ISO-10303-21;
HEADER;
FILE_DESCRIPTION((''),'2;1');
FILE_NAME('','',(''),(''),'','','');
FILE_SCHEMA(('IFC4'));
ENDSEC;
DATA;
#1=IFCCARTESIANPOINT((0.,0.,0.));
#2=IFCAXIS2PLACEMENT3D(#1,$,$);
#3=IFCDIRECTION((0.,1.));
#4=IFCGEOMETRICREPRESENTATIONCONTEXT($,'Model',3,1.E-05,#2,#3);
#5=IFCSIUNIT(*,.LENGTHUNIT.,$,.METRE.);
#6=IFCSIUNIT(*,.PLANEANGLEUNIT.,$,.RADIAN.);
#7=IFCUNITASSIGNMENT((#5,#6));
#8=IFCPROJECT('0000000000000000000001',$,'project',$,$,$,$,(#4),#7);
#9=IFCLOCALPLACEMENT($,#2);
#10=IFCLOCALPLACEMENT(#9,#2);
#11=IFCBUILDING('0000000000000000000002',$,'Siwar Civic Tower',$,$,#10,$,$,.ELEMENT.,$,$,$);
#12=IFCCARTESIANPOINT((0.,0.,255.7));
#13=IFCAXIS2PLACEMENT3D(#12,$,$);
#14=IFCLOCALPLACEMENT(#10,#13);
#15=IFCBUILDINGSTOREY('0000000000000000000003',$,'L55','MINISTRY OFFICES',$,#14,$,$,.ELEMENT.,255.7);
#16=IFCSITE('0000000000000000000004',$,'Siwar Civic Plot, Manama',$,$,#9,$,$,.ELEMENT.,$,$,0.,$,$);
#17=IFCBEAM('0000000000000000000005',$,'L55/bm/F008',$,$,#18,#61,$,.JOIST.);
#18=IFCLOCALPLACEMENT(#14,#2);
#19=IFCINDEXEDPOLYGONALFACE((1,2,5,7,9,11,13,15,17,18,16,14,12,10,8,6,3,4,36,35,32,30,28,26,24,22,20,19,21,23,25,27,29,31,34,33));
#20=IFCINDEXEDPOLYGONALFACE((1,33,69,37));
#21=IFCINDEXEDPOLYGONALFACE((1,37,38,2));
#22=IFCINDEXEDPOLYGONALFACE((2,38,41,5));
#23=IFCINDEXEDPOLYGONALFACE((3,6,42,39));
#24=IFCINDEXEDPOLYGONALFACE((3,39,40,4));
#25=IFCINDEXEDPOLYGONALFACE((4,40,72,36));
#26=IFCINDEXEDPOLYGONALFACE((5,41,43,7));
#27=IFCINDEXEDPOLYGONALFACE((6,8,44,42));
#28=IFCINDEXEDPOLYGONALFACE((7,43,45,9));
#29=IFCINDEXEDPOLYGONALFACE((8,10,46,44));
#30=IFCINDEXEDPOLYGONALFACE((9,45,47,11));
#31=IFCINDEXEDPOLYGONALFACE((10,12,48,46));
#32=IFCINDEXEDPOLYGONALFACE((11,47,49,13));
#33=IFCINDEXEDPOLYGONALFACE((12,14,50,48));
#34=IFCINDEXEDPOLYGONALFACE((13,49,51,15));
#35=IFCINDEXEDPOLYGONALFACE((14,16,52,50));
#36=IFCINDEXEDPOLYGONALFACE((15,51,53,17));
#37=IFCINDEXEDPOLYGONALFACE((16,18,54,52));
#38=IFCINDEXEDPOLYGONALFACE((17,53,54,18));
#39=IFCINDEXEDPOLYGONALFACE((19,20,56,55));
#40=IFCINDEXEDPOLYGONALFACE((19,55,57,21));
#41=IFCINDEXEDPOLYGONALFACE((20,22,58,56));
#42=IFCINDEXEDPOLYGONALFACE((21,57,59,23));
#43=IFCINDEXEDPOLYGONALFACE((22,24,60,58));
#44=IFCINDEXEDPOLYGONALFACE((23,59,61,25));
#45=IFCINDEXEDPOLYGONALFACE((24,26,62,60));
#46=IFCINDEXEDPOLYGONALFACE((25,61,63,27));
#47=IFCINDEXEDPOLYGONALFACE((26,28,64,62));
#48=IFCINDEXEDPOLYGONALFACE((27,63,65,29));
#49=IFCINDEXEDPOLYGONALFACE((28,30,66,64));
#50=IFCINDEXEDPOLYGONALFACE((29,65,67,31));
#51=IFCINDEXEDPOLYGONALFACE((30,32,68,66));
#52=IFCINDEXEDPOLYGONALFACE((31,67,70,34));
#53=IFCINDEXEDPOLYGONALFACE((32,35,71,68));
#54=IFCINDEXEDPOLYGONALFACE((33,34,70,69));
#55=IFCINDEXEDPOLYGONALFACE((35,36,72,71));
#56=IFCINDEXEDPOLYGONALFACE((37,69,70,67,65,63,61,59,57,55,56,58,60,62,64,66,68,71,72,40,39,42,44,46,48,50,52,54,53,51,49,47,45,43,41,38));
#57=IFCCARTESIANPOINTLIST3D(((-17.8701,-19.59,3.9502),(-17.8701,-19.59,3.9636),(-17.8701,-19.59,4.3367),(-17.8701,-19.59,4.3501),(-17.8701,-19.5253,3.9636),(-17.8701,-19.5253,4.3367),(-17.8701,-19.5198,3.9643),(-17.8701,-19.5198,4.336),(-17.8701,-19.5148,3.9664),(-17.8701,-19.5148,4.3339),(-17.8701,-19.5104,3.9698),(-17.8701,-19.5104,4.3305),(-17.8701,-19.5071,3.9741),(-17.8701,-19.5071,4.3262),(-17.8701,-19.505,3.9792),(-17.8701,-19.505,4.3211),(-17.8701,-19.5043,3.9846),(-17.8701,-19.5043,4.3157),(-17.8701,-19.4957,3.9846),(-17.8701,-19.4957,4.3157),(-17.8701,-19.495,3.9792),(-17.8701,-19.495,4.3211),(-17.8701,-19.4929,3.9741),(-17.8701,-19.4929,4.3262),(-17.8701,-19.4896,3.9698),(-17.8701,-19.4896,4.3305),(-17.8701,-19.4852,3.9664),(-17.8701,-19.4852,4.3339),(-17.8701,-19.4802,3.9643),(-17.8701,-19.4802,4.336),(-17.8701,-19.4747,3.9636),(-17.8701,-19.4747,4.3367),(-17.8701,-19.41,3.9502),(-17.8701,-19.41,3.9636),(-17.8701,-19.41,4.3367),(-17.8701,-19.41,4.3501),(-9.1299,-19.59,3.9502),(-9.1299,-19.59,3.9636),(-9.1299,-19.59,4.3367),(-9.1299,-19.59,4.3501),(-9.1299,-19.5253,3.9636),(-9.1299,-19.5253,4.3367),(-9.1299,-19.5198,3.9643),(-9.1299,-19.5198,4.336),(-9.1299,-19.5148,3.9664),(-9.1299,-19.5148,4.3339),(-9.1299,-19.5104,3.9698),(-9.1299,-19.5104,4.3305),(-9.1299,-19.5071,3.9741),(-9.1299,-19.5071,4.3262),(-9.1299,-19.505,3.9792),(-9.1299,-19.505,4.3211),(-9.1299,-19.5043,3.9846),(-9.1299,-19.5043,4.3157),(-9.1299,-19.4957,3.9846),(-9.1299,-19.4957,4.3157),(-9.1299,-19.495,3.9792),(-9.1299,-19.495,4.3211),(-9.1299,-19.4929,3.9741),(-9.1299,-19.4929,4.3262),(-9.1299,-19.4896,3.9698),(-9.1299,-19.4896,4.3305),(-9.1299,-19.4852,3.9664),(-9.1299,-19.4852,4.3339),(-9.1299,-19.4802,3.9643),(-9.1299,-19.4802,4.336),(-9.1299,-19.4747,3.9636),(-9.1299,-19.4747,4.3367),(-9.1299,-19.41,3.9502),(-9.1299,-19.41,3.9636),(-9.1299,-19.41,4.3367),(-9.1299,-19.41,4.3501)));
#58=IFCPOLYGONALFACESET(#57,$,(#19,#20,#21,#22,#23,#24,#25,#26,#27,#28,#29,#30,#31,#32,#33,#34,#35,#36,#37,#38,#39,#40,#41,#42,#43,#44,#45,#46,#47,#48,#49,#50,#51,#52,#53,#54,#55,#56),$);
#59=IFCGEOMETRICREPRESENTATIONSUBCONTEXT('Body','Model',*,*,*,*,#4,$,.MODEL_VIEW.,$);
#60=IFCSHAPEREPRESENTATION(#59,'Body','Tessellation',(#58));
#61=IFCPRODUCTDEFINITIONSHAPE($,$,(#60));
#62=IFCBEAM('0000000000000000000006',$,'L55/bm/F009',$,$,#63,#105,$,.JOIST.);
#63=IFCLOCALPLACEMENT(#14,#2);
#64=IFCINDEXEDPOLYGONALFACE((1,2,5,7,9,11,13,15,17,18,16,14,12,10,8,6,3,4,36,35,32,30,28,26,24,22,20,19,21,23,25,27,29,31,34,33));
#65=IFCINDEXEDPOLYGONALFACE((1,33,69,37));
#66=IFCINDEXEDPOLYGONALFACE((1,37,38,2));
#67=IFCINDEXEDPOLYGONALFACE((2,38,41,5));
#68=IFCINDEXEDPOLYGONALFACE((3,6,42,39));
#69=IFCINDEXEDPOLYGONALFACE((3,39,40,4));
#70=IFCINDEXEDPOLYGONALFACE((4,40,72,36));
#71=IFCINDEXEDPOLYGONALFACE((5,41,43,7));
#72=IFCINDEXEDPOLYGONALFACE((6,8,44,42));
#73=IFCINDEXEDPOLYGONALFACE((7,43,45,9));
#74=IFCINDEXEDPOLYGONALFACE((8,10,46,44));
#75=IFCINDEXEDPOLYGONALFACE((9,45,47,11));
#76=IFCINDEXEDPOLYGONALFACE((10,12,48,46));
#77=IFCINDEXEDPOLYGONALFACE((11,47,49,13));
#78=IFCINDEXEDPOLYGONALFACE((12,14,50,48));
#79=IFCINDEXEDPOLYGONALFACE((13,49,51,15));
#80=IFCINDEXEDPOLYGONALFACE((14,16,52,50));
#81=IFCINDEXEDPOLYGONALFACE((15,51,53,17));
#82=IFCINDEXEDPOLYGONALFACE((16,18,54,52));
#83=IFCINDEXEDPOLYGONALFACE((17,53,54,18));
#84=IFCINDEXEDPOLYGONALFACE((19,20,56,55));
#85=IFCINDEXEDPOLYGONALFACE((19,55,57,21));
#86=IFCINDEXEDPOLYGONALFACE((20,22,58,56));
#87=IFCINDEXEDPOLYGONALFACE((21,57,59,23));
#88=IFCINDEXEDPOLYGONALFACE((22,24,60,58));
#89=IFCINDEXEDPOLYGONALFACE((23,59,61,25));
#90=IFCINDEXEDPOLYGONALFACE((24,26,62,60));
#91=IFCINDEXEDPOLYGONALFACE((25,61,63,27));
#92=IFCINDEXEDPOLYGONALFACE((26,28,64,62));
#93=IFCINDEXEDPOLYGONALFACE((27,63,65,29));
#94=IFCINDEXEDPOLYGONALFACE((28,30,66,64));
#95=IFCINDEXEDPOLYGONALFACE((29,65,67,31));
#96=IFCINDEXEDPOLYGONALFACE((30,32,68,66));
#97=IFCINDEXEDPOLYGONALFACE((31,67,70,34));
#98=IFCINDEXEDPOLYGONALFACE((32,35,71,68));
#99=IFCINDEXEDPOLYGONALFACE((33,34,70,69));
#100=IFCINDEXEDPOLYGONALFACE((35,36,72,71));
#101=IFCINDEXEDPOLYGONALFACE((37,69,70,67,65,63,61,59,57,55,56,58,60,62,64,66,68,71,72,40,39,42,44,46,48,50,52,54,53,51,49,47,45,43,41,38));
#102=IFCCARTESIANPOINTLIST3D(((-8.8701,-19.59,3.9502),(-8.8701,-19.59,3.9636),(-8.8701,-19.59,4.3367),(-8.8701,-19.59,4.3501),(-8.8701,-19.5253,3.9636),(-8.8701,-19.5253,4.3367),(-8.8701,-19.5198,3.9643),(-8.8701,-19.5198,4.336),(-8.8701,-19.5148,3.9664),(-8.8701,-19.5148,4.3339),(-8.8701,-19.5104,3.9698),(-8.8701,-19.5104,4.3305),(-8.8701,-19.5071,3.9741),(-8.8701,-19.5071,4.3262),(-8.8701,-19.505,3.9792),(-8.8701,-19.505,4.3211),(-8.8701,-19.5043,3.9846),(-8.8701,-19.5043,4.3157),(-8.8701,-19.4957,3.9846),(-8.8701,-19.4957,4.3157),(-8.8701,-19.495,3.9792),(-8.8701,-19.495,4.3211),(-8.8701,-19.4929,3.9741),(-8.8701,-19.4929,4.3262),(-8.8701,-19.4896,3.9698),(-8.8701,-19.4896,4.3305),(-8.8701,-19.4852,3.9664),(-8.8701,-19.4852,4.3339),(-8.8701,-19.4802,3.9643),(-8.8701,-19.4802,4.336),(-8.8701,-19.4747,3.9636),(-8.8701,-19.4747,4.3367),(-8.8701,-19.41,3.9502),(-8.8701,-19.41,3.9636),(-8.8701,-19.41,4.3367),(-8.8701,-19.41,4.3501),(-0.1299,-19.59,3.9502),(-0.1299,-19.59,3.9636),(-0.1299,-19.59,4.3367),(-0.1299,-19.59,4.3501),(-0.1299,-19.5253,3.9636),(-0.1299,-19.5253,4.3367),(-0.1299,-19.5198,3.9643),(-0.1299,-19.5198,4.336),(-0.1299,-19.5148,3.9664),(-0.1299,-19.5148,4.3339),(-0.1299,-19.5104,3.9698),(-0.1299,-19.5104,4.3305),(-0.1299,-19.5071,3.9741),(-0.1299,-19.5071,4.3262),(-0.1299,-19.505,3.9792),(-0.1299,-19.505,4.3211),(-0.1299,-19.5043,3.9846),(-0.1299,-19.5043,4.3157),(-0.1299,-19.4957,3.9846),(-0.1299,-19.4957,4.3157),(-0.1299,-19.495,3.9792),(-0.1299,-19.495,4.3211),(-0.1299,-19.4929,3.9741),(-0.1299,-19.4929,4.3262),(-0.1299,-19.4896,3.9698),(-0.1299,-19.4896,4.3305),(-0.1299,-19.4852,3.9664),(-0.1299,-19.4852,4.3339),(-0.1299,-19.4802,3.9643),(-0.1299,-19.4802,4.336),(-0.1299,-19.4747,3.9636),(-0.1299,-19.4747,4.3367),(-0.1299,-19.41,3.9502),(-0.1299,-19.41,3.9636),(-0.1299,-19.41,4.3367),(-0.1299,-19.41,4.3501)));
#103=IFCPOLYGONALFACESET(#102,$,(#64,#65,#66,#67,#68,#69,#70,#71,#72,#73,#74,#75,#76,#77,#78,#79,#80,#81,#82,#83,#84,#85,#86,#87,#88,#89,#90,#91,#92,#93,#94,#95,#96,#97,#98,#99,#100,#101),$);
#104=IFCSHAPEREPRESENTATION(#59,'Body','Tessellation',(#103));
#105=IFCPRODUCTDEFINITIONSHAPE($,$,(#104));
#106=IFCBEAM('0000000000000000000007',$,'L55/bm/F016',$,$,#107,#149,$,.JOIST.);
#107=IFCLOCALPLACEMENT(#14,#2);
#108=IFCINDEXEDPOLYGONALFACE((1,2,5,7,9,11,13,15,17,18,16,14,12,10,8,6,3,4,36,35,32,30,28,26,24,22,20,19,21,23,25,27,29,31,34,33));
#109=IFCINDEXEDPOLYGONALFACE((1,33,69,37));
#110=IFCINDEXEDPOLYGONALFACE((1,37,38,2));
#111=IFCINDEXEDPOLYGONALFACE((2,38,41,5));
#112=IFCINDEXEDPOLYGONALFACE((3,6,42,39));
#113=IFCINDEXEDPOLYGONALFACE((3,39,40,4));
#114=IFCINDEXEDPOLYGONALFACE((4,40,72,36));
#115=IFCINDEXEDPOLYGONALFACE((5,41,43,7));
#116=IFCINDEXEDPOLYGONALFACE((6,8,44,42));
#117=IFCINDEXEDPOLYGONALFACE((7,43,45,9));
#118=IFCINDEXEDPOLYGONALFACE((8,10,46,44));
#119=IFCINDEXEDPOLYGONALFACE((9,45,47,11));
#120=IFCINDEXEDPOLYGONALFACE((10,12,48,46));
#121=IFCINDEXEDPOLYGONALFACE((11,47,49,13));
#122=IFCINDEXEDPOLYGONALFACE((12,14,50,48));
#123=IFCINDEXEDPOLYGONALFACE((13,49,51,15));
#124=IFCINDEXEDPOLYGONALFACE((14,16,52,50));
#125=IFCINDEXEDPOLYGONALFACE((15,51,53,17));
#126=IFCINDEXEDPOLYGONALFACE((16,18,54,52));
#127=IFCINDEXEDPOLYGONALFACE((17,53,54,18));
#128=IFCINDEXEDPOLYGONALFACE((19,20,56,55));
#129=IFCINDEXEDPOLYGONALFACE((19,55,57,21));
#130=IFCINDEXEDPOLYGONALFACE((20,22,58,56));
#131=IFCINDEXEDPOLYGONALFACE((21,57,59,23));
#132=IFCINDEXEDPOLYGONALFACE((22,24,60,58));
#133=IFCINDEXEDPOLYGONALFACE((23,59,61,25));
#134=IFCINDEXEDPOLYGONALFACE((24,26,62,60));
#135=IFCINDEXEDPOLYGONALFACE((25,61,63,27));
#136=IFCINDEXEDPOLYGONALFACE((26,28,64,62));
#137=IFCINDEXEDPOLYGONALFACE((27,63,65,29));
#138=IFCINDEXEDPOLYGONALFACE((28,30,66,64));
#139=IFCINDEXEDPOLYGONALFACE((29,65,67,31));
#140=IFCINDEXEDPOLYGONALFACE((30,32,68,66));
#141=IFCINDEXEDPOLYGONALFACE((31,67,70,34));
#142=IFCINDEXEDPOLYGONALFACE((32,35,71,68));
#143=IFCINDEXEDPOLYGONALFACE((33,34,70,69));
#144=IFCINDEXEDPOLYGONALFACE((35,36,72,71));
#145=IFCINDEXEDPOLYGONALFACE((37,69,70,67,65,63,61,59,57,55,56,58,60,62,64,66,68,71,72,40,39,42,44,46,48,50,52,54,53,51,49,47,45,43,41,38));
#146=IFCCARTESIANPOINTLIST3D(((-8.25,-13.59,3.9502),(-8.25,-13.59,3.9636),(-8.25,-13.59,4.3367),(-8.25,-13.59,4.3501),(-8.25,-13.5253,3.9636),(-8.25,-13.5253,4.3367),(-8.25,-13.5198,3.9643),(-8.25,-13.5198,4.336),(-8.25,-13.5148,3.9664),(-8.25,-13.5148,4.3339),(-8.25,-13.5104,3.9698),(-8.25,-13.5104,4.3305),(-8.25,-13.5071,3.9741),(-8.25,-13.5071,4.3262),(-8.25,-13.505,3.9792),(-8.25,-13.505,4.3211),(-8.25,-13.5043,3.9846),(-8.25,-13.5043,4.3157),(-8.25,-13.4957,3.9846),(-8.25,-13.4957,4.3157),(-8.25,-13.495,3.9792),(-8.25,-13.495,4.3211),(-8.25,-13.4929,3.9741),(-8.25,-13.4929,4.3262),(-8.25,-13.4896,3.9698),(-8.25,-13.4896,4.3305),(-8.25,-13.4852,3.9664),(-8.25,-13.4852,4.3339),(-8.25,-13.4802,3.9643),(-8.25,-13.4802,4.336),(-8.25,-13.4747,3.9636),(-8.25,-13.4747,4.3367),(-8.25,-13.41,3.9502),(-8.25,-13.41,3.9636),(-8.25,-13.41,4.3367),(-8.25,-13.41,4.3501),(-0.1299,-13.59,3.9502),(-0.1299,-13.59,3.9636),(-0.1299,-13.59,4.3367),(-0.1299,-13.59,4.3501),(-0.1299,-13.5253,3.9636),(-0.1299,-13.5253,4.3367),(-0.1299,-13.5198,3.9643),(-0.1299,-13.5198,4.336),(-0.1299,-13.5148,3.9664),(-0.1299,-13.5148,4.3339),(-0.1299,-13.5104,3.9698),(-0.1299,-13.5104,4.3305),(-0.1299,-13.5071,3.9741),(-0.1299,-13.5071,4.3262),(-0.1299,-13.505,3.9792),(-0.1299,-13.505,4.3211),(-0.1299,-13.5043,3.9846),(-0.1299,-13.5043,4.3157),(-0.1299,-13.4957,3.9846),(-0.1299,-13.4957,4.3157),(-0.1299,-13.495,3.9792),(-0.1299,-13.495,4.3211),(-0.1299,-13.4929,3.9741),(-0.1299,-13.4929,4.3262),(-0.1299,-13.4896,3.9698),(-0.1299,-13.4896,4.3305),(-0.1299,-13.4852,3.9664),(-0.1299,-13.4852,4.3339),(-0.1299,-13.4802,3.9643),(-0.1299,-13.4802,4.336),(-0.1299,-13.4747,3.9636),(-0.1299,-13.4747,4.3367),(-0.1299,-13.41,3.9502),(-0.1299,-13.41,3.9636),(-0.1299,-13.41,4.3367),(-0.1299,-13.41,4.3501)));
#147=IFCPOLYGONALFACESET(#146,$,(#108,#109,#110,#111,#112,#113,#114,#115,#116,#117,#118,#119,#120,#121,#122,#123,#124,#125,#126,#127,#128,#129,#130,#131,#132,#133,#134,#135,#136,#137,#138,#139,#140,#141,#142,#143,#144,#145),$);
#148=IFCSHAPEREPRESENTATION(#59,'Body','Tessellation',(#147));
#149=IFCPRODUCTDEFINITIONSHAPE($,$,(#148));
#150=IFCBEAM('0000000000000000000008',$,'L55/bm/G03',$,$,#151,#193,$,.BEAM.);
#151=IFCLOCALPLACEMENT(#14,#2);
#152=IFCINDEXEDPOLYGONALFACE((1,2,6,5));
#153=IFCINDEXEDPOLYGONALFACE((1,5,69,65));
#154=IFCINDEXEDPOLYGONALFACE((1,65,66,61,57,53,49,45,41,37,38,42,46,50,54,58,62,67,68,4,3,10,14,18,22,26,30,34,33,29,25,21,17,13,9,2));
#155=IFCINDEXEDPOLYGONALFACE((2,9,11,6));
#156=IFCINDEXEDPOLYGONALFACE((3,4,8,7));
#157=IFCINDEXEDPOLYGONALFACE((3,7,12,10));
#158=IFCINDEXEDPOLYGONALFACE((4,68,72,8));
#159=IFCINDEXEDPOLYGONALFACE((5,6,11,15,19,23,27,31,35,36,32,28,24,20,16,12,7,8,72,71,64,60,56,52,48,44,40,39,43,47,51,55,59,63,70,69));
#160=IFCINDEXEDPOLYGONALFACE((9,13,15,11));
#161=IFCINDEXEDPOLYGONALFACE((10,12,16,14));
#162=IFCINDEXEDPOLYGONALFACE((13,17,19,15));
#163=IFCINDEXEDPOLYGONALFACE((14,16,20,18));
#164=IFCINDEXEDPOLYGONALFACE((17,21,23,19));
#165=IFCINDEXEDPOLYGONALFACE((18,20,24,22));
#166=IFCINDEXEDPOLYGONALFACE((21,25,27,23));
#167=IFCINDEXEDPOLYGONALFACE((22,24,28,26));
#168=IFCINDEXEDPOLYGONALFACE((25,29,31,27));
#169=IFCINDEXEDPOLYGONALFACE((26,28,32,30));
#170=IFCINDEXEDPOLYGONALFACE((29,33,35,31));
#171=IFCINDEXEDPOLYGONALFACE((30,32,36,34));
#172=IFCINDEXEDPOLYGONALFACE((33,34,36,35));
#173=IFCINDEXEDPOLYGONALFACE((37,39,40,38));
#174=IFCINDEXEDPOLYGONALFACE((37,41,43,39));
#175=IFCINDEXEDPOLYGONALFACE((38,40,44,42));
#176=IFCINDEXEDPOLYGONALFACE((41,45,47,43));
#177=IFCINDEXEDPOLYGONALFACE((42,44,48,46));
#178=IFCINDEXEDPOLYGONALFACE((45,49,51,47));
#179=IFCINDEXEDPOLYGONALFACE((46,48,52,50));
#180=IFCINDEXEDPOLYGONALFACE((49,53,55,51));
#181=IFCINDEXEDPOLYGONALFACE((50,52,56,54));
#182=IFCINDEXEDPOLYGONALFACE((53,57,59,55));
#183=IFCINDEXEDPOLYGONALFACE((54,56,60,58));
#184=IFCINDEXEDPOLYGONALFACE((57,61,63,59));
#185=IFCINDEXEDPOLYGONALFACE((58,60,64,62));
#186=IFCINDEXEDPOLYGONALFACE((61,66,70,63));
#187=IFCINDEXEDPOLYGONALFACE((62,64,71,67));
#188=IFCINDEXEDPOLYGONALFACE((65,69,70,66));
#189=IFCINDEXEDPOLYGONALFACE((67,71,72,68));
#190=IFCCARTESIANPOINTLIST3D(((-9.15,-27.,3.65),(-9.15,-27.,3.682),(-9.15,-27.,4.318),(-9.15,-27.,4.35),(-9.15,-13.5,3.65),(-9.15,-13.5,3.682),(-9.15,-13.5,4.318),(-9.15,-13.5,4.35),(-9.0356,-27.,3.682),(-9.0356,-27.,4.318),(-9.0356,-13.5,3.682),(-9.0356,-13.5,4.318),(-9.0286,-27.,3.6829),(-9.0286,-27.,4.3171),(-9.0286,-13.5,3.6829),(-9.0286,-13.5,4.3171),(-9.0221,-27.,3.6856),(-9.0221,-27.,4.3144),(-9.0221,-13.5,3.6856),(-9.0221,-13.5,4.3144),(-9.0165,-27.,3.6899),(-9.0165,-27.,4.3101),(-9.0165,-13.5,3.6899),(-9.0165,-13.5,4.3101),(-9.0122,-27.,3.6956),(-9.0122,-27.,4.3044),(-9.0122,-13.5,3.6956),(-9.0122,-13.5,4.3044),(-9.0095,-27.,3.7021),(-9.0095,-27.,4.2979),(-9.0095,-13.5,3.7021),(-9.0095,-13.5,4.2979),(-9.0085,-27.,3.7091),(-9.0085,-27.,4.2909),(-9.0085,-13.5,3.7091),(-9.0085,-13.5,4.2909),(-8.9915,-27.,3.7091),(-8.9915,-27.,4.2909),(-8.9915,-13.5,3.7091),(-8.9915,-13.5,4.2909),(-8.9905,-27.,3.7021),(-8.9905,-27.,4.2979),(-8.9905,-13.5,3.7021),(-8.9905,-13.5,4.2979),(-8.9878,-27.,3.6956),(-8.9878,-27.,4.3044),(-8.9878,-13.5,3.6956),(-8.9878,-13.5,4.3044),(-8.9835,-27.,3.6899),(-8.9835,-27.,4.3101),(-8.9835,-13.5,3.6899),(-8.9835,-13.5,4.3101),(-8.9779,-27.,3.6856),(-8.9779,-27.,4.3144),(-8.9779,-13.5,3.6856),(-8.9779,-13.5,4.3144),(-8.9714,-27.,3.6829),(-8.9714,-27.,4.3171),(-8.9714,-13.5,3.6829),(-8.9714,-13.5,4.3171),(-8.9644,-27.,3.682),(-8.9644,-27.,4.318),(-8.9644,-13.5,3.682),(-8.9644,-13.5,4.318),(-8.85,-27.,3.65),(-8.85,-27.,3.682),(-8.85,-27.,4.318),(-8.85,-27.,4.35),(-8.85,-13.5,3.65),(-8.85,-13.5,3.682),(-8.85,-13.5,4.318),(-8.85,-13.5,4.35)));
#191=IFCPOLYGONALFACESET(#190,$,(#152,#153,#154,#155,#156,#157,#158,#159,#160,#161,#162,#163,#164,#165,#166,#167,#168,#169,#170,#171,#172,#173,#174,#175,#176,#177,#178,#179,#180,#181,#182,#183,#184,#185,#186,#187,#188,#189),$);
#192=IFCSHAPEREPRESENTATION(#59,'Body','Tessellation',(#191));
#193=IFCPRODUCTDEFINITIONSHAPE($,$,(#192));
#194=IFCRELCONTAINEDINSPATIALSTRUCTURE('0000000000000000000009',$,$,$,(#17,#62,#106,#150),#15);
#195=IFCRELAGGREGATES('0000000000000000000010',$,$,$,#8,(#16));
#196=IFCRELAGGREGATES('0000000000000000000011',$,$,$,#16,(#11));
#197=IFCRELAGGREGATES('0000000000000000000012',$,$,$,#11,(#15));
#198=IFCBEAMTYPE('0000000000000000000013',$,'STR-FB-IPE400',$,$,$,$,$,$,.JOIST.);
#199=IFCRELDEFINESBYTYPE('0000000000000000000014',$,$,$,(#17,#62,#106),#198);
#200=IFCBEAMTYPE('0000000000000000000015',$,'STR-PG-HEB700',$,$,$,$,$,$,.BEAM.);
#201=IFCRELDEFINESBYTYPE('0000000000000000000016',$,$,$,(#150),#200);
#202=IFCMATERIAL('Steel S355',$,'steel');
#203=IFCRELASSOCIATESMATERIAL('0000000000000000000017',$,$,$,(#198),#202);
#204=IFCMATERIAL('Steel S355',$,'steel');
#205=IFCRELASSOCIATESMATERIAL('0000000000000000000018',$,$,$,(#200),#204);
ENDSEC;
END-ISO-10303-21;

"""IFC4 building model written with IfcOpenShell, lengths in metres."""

from ifc_helpers import new_model, si_unit, direction, frame, origin, origin_2d, place, context, subcontext, project, spatial, i_section, extrude, material, material_profile, profile_set, type_object, element, save


model = new_model("IFC4")

# Units and contexts
model_context = context("Model", 3, precision=1e-05, world=origin(), true_north=direction((0.0, 1.0)))
body_context = subcontext(model_context, "Body", "Model", "MODEL_VIEW")
ifc_project = project(units=[si_unit("LENGTHUNIT", "METRE"), si_unit("PLANEANGLEUNIT", "RADIAN")], contexts=[model_context])

# Site, building, storey
site_placement = place(None, origin())
site = spatial("IfcSite", under=ifc_project, at=site_placement, Name="Siwar Civic Plot, Manama", CompositionType="ELEMENT", RefElevation=0.0)
building_placement = place(site_placement, origin())
building = spatial("IfcBuilding", under=site, at=building_placement, Name="Siwar Civic Tower", CompositionType="ELEMENT")
storey_placement = place(building_placement, frame((0.0, 0.0, 255.7)))
storey = spatial("IfcBuildingStorey", under=building, at=storey_placement, Name="L55", Description="MINISTRY OFFICES", CompositionType="ELEMENT", Elevation=255.7)

# Beams
ifc_material_1 = material(Name="Steel S355", Category="steel")
ifc_material_profile_1 = material_profile(ifc_material_1, i_section(OverallWidth=0.1799, OverallDepth=0.3999, WebThickness=0.0085, FlangeThickness=0.0134, FilletRadius=0.021, at=origin_2d()), Name="IPE400")
ifc_profile_set_1 = profile_set([ifc_material_profile_1], Name="Steel S355")
beam_type_1 = type_object("IfcBeamType", Name="STR-FB-IPE400", PredefinedType="JOIST", material=ifc_profile_set_1)
for number, where, z_axis, x_axis, name in (
    (1, (-17.8701, -19.5, 4.1501), (1.0, 0.0, 0.0), (0.0, 1.0, 0.0), "L55/bm/F008"),
    (2, (-8.8701, -19.5, 4.1501), (1.0, 0.0, 0.0), (0.0, 1.0, 0.0), "L55/bm/F009"),
):
    element("IfcBeam", number, at=place(storey_placement, frame(where, z_axis=z_axis, x_axis=x_axis)), inside=storey, type_object=beam_type_1, Name=name, PredefinedType="JOIST", context=body_context, shape_type="SweptSolid", body=[
        extrude(i_section(OverallWidth=0.1799, OverallDepth=0.3999, WebThickness=0.0085, FlangeThickness=0.0134, FilletRadius=0.021, at=origin_2d()), origin(), (0.0, 0.0, 1.0), 8.7402),
    ])
beam_1_placement = place(storey_placement, frame((-8.25, -13.5, 4.1501), z_axis=(1.0, 0.0, 0.0), x_axis=(0.0, 1.0, 0.0)))
element("IfcBeam", 3, at=beam_1_placement, inside=storey, type_object=beam_type_1, Name="L55/bm/F016", PredefinedType="JOIST", context=body_context, shape_type="SweptSolid", body=[
    extrude(i_section(OverallWidth=0.1799, OverallDepth=0.3999, WebThickness=0.0085, FlangeThickness=0.0134, FilletRadius=0.021, at=origin_2d()), origin(), (0.0, 0.0, 1.0), 8.1201),
])
ifc_material_2 = material(Name="Steel S355", Category="steel")
ifc_material_profile_2 = material_profile(ifc_material_2, i_section(OverallWidth=0.3, OverallDepth=0.7, WebThickness=0.0171, FlangeThickness=0.032, FilletRadius=0.0271, at=origin_2d()), Name="HEB700")
ifc_profile_set_2 = profile_set([ifc_material_profile_2], Name="Steel S355")
beam_type_2 = type_object("IfcBeamType", Name="STR-PG-HEB700", PredefinedType="BEAM", material=ifc_profile_set_2)
beam_2_placement = place(storey_placement, frame((-9.0, -27.0, 4.0), z_axis=(0.0, 1.0, 0.0), x_axis=(-1.0, 0.0, 0.0)))
element("IfcBeam", 4, at=beam_2_placement, inside=storey, type_object=beam_type_2, Name="L55/bm/G03", PredefinedType="BEAM", context=body_context, shape_type="SweptSolid", body=[
    extrude(i_section(OverallWidth=0.3, OverallDepth=0.7, WebThickness=0.0171, FlangeThickness=0.032, FilletRadius=0.0271, at=origin_2d()), origin(), (0.0, 0.0, 1.0), 13.5),
])

save(model, "model.ifc")
